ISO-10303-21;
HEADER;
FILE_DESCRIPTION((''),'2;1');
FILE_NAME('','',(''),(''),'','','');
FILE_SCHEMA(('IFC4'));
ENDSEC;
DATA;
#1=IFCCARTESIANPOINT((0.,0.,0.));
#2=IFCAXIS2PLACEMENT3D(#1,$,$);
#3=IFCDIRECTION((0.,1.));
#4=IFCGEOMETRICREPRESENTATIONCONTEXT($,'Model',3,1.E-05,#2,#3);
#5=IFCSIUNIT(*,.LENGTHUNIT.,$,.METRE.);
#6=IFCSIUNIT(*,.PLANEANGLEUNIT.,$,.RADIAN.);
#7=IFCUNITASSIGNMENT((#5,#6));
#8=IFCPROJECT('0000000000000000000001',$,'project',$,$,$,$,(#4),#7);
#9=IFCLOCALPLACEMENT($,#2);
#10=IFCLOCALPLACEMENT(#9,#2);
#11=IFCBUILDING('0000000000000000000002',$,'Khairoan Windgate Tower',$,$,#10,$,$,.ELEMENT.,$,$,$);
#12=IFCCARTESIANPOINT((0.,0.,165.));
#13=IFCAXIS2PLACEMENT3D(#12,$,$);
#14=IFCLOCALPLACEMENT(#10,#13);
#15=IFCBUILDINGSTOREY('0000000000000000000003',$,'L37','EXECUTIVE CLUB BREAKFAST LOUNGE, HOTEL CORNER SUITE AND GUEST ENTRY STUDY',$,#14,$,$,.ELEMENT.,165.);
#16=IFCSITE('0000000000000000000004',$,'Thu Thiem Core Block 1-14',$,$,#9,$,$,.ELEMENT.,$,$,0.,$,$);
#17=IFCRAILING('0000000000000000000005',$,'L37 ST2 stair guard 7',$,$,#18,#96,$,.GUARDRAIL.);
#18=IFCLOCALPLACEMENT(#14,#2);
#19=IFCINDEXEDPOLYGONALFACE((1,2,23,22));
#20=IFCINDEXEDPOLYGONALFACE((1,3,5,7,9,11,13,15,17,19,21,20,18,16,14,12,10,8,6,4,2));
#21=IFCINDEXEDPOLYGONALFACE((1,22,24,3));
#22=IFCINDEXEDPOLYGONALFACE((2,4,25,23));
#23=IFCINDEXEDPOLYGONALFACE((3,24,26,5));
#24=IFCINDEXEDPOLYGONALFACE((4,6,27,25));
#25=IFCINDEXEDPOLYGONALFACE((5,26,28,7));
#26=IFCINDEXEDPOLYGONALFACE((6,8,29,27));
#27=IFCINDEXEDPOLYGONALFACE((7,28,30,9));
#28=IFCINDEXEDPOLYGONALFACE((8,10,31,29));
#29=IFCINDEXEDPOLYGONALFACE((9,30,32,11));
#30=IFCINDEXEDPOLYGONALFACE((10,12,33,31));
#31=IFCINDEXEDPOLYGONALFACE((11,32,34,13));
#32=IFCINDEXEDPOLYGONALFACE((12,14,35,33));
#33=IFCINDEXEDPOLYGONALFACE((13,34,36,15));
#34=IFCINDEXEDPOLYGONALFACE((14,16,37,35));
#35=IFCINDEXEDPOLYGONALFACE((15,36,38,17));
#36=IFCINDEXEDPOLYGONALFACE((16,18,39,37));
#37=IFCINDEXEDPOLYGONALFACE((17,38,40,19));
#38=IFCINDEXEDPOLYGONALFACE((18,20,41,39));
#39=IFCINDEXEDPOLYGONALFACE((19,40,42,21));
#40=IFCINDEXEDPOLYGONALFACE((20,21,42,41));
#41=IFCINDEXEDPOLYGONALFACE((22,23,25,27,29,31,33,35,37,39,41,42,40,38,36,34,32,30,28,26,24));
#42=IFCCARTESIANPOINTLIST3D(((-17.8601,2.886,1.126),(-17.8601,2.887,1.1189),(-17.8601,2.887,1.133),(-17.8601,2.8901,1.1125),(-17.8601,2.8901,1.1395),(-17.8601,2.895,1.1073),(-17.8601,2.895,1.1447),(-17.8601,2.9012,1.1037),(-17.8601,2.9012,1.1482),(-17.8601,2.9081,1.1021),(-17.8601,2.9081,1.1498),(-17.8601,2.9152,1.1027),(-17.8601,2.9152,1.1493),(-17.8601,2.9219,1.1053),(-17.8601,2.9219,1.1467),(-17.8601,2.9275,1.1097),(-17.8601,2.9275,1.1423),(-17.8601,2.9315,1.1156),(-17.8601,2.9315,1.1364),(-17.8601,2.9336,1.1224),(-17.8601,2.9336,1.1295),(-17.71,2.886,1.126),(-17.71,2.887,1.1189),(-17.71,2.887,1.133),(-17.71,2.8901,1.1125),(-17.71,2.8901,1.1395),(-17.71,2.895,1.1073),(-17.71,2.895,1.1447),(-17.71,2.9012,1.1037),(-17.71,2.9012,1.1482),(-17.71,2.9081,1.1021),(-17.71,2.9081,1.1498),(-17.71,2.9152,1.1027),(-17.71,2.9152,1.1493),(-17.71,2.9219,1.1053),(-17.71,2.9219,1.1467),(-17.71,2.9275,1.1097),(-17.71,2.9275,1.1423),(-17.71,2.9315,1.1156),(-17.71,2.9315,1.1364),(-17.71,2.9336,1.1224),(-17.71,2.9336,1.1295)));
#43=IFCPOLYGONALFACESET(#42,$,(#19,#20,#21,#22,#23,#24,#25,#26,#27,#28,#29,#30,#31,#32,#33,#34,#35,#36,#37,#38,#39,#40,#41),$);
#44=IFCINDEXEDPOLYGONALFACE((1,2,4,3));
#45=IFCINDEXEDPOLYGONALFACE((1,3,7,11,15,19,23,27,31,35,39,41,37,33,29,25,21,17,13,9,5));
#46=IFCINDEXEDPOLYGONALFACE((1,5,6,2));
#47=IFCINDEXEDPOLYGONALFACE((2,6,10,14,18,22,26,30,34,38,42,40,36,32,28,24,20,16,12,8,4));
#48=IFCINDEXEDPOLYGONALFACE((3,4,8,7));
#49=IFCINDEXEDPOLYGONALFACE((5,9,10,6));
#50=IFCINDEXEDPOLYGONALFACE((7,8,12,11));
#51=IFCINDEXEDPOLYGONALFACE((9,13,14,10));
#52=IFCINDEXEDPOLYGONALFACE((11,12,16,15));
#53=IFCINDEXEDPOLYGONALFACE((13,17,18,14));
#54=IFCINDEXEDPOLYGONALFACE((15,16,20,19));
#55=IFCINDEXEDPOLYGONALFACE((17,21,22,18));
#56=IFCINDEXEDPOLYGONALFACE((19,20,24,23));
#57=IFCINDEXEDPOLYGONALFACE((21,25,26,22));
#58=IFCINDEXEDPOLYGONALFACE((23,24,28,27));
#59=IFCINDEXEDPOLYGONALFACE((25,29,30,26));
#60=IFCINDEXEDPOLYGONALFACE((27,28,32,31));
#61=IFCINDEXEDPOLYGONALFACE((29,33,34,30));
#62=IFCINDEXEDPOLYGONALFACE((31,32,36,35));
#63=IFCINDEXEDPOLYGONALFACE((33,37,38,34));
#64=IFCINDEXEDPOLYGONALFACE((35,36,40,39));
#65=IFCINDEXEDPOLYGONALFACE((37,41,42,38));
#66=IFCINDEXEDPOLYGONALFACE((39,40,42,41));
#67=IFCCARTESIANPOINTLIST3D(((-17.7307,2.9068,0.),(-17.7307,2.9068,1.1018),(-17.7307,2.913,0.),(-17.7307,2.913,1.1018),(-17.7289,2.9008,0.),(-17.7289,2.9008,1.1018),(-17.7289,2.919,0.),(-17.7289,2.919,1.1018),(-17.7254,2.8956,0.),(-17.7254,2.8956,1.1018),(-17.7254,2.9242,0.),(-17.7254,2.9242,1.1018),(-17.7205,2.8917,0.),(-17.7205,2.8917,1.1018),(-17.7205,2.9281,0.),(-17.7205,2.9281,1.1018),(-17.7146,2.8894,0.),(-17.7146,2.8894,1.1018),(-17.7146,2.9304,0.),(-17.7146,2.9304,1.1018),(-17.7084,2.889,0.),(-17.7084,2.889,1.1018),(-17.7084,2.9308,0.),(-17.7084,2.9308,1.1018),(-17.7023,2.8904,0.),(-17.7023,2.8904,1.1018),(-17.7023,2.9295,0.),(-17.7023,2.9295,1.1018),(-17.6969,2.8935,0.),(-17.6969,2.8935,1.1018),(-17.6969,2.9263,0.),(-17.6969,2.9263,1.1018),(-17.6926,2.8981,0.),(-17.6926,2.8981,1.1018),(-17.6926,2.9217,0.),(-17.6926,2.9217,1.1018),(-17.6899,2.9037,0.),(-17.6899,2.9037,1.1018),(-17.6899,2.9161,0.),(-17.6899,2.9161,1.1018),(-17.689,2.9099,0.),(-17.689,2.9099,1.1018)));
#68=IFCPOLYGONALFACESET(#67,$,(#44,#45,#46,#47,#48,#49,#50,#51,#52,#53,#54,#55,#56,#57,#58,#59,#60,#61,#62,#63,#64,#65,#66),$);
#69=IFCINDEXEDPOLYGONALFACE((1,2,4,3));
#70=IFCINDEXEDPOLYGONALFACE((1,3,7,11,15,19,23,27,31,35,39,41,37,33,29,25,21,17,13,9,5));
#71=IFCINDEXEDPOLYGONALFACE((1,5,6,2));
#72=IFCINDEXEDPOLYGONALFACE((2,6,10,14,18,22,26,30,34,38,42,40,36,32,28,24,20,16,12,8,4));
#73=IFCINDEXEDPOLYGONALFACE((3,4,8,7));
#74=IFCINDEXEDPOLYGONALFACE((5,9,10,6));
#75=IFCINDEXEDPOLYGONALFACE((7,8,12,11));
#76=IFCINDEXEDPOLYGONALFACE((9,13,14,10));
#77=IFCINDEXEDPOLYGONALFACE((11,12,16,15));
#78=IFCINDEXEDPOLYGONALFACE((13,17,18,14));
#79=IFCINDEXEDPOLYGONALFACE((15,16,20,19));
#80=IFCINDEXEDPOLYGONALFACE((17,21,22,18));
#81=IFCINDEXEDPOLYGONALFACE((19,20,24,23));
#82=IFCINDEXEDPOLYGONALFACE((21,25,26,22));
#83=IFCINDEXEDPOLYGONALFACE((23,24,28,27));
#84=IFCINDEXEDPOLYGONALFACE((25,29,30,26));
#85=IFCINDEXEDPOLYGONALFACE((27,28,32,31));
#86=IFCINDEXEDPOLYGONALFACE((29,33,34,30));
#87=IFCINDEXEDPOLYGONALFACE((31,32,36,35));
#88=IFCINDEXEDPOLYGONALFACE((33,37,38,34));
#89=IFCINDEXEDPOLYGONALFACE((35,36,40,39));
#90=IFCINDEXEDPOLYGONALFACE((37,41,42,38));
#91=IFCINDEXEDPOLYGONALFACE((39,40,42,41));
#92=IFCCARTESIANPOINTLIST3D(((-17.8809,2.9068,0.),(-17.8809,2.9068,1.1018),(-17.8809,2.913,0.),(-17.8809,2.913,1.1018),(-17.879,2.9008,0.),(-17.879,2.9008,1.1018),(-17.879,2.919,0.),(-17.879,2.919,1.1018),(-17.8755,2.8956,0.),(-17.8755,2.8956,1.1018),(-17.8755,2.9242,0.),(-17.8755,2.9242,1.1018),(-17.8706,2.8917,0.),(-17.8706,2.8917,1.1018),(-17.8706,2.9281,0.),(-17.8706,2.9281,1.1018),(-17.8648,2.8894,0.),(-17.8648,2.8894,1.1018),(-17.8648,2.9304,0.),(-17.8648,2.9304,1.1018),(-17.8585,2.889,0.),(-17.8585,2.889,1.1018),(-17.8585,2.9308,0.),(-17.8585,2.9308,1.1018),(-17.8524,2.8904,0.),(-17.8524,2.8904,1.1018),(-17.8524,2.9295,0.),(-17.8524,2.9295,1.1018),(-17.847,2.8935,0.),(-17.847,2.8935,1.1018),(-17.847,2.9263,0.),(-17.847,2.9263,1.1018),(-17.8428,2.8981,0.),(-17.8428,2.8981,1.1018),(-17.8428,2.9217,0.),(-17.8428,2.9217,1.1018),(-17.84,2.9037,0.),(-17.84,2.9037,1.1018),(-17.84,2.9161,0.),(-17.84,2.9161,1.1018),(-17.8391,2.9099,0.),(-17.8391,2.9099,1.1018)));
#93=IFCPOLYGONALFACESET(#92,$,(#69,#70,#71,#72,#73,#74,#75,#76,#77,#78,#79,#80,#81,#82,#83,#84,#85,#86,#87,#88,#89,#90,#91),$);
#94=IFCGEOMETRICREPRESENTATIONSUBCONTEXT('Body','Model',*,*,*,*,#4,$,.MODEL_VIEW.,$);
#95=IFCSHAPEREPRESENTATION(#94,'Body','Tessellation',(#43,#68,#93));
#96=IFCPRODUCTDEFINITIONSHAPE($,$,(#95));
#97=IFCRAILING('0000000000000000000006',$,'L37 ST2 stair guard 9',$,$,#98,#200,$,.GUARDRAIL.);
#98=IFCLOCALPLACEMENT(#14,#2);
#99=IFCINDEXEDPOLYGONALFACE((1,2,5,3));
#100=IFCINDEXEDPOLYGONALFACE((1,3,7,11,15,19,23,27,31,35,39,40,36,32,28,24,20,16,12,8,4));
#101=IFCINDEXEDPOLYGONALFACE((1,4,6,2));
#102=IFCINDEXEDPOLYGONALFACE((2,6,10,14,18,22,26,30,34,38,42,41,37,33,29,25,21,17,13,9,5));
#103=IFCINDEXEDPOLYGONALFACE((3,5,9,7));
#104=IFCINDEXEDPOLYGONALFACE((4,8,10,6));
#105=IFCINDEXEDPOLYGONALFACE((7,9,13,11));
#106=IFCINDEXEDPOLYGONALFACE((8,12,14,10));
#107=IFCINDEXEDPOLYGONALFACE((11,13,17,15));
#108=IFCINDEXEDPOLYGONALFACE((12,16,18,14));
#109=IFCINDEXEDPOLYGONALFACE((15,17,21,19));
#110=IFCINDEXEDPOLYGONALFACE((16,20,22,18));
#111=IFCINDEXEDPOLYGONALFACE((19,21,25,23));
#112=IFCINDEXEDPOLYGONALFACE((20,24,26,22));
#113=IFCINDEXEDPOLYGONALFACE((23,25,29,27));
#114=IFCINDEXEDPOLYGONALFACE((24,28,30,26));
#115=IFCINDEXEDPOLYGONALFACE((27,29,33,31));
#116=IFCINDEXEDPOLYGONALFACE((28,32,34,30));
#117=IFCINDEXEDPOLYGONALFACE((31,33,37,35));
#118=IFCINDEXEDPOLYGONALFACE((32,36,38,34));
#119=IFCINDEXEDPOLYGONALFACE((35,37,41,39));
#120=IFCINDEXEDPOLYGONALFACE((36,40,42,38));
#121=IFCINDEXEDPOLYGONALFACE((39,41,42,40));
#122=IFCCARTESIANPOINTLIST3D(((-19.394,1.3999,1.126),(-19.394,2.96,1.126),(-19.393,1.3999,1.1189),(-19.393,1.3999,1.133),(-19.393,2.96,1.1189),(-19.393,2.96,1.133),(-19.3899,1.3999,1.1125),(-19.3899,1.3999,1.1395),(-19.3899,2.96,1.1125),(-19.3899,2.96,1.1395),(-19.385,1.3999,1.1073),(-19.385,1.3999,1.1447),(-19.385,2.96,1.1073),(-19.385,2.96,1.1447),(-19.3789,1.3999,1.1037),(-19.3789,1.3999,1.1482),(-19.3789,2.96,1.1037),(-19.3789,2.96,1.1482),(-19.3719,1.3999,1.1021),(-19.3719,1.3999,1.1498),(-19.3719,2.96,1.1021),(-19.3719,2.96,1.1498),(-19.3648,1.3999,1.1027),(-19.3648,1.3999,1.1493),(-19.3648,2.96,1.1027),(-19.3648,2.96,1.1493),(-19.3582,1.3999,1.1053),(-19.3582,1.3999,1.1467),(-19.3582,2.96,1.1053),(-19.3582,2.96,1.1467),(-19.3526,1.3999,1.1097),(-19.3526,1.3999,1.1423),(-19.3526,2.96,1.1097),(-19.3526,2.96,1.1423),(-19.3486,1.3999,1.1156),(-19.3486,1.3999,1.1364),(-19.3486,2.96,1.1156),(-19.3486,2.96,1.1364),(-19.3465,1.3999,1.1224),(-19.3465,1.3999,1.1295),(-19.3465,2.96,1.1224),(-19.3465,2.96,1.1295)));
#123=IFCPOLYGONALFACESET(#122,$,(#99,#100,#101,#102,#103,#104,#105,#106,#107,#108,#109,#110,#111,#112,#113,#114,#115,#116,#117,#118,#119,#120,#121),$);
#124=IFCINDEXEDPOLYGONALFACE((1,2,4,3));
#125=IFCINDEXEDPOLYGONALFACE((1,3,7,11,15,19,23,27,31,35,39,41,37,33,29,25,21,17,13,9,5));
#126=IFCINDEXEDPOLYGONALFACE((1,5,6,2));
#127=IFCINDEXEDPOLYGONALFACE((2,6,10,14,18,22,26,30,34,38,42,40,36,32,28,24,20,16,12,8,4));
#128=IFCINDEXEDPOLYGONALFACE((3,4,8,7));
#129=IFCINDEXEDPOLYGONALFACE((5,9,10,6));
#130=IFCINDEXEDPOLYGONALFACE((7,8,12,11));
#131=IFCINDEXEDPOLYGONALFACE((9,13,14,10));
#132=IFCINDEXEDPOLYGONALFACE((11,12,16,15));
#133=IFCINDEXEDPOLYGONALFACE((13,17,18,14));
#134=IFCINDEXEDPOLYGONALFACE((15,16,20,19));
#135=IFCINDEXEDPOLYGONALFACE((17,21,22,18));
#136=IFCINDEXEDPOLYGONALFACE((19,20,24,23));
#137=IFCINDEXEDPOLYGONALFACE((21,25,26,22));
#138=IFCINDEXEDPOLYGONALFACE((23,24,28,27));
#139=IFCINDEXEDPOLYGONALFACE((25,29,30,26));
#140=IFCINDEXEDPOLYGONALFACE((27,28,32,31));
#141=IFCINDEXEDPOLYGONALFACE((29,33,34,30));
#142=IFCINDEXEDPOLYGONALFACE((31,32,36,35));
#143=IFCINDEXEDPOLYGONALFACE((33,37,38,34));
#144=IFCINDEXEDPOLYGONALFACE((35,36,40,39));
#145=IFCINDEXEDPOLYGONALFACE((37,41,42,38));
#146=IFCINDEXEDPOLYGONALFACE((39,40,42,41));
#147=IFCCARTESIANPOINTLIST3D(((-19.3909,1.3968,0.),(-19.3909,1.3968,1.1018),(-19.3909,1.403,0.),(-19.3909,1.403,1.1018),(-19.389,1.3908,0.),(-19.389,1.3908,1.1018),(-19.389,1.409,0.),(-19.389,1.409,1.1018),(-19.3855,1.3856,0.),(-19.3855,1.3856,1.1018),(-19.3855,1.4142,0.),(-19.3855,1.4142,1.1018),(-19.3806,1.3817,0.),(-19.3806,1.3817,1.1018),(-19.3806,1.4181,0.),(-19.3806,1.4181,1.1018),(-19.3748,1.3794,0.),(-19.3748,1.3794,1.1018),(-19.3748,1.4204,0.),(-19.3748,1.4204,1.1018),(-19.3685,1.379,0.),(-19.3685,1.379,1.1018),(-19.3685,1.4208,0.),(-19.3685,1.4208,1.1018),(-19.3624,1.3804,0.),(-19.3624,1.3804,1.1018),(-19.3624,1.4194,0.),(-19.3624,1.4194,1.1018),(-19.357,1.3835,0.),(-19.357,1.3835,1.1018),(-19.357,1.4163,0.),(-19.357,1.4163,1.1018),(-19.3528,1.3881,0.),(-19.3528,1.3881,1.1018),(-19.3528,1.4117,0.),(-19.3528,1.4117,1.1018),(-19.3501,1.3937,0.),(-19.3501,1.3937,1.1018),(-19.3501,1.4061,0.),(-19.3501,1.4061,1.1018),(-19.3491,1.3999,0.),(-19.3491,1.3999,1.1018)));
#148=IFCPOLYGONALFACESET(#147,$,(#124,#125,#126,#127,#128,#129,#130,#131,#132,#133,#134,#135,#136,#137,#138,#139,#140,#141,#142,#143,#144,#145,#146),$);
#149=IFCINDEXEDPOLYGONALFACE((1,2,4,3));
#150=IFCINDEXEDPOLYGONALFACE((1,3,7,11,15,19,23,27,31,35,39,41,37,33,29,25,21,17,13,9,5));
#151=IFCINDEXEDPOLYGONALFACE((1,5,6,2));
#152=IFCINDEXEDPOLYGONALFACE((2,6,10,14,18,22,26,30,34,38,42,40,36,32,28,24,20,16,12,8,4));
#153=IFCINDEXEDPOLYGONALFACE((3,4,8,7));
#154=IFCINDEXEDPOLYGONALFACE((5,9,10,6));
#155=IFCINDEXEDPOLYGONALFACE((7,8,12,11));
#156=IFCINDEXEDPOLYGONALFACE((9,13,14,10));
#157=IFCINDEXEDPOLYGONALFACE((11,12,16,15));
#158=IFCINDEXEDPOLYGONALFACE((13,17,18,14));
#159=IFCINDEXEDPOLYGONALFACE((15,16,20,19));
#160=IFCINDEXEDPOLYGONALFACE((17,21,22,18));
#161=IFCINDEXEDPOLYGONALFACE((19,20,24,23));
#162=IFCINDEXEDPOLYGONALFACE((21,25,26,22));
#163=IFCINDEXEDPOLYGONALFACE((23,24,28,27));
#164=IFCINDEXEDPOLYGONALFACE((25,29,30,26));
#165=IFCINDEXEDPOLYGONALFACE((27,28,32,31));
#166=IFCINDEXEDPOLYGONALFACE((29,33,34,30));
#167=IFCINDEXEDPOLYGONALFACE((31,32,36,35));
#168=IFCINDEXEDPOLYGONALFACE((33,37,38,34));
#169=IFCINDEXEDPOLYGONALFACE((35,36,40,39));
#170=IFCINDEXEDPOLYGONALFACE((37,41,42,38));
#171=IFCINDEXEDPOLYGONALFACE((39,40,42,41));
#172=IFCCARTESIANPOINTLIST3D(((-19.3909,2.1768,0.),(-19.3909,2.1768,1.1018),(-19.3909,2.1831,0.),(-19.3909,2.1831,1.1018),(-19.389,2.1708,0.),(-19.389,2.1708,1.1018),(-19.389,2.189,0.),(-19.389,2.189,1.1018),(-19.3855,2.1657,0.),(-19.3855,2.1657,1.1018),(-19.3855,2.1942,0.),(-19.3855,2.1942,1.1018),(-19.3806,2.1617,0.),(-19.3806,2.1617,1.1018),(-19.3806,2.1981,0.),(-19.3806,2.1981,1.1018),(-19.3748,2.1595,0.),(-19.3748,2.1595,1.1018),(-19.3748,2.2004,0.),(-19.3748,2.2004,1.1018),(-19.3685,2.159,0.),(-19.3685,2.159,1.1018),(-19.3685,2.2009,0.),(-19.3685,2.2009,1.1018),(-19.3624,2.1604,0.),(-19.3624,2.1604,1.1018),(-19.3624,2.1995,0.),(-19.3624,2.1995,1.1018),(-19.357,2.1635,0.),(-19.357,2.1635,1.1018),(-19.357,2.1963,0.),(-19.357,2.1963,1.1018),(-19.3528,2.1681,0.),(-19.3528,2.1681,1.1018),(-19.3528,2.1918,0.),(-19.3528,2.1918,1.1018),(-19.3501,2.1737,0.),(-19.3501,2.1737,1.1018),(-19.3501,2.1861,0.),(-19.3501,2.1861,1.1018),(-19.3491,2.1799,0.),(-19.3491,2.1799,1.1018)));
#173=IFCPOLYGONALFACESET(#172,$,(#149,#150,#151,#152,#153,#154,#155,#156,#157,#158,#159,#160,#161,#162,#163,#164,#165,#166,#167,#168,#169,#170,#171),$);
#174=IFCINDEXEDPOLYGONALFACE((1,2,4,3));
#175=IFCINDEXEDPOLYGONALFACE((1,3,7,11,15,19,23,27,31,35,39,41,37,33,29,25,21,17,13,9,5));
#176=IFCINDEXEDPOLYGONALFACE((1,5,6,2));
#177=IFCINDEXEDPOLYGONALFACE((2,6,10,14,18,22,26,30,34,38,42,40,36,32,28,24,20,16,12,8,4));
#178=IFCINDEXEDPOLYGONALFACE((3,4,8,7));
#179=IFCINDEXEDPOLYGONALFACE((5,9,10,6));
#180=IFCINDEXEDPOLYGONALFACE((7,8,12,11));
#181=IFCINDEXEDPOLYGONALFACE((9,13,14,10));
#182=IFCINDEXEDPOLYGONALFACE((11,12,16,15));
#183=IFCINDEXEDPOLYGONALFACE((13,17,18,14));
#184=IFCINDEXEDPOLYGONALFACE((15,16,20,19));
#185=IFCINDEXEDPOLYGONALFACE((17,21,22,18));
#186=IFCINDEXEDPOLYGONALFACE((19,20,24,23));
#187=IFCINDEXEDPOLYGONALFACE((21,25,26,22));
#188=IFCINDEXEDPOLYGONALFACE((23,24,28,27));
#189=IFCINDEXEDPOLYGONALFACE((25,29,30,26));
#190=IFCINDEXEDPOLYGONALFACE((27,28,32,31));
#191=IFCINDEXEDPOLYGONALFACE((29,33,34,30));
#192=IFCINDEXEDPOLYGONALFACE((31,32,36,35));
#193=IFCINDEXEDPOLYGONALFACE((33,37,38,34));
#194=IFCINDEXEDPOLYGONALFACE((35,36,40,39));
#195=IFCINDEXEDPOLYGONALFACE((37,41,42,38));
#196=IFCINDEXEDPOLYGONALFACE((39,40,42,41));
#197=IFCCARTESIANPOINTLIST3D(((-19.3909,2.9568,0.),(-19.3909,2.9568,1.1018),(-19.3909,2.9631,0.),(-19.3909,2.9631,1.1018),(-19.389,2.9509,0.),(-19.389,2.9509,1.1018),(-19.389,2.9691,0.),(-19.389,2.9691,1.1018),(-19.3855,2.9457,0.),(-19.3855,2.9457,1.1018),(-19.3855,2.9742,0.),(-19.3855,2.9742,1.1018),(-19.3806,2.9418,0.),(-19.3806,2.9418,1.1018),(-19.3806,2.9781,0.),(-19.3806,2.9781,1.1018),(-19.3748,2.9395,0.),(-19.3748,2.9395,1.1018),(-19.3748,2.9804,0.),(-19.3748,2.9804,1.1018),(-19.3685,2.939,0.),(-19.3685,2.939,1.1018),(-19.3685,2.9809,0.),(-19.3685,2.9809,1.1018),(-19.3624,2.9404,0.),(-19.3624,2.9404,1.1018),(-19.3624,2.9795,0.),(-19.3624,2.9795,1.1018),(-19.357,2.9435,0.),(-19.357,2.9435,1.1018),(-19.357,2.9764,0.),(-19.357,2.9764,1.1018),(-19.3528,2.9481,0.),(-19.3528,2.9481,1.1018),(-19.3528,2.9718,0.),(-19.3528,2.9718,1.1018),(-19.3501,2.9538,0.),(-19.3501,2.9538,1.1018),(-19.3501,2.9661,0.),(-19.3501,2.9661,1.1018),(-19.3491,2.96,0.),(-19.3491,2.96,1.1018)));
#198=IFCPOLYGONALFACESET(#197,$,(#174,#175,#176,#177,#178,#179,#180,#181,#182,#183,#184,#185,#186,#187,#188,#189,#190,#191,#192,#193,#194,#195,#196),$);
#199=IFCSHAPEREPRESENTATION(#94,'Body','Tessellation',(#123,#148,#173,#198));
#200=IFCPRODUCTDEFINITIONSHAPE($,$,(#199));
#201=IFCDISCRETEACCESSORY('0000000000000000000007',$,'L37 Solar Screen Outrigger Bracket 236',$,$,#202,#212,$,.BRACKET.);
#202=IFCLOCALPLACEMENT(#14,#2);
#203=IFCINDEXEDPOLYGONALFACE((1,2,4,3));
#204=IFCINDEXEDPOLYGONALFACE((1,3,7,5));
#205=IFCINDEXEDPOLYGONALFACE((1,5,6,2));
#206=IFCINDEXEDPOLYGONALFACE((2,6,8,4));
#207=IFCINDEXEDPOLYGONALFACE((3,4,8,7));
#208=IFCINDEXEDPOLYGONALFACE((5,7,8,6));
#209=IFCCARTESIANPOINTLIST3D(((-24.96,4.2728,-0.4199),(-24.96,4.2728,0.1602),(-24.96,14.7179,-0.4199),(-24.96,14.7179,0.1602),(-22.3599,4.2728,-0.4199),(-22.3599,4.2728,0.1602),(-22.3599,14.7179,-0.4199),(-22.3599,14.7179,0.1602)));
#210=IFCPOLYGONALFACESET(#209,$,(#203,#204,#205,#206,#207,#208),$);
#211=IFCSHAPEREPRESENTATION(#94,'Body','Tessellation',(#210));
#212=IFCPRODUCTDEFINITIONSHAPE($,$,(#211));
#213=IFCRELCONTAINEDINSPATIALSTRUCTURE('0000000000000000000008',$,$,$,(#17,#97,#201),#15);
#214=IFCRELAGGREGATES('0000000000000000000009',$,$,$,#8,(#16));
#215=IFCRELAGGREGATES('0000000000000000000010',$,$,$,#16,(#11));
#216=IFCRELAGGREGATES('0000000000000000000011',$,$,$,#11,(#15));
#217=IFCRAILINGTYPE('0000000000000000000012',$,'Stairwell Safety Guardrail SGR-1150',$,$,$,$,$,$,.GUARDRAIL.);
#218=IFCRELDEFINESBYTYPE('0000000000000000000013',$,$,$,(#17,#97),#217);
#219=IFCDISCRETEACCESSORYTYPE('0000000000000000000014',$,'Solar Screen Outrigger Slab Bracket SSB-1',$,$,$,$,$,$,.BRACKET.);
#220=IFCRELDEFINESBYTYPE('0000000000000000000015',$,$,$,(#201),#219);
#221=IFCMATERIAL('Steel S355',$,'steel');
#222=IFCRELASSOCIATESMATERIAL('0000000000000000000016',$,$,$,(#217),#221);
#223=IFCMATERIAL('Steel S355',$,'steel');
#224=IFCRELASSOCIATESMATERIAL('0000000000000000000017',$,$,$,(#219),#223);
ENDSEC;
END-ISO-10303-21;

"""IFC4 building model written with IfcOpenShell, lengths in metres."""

from ifc_helpers import new_model, si_unit, direction, frame, origin, origin_2d, place, context, subcontext, project, spatial, rectangle, circle, extrude, material, type_object, element, save


model = new_model("IFC4")

# Units and contexts
model_context = context("Model", 3, precision=1e-05, world=origin(), true_north=direction((0.0, 1.0)))
body_context = subcontext(model_context, "Body", "Model", "MODEL_VIEW")
ifc_project = project(units=[si_unit("LENGTHUNIT", "METRE"), si_unit("PLANEANGLEUNIT", "RADIAN")], contexts=[model_context])

# Site, building, storey
site_placement = place(None, origin())
site = spatial("IfcSite", under=ifc_project, at=site_placement, Name="Thu Thiem Core Block 1-14", CompositionType="ELEMENT", RefElevation=0.0)
building_placement = place(site_placement, origin())
building = spatial("IfcBuilding", under=site, at=building_placement, Name="Khairoan Windgate Tower", CompositionType="ELEMENT")
storey_placement = place(building_placement, frame((0.0, 0.0, 165.0)))
storey = spatial("IfcBuildingStorey", under=building, at=storey_placement, Name="L37", Description="EXECUTIVE CLUB BREAKFAST LOUNGE, HOTEL CORNER SUITE AND GUEST ENTRY STUDY", CompositionType="ELEMENT", Elevation=165.0)

# Railings
ifc_material_1 = material(Name="Steel S355", Category="steel")
railing_type_1 = type_object("IfcRailingType", Name="Stairwell Safety Guardrail SGR-1150", PredefinedType="GUARDRAIL", material=ifc_material_1)
railing_1_placement = place(storey_placement, frame((-17.71, 2.9099, 0.0)))
element("IfcRailing", 1, at=railing_1_placement, inside=storey, type_object=railing_type_1, Name="L37 ST2 stair guard 7", PredefinedType="GUARDRAIL", context=body_context, shape_type="SweptSolid", body=[
    extrude(circle(Radius=0.0239, at=origin_2d()), frame((0.0, 0.0, 1.126), z_axis=(-1.0, 0.0, 0.0), x_axis=(0.0, -1.0, 0.0)), (0.0, 0.0, 1.0), 0.1501),
    extrude(circle(Radius=0.021, at=origin_2d()), origin(), (0.0, 0.0, 1.0), 1.1018),
    extrude(circle(Radius=0.021, at=origin_2d()), frame((-0.1501, 0.0, 0.0)), (0.0, 0.0, 1.0), 1.1018),
])
railing_2_placement = place(storey_placement, frame((-19.3701, 1.3999, 0.0)))
element("IfcRailing", 2, at=railing_2_placement, inside=storey, type_object=railing_type_1, Name="L37 ST2 stair guard 9", PredefinedType="GUARDRAIL", context=body_context, shape_type="SweptSolid", body=[
    extrude(circle(Radius=0.0239, at=origin_2d()), frame((0.0, 0.0, 1.126), z_axis=(0.0, 1.0, 0.0), x_axis=(-1.0, 0.0, 0.0)), (0.0, 0.0, 1.0), 1.5601),
    extrude(circle(Radius=0.021, at=origin_2d()), origin(), (0.0, 0.0, 1.0), 1.1018),
    extrude(circle(Radius=0.021, at=origin_2d()), frame((0.0, 0.78, 0.0)), (0.0, 0.0, 1.0), 1.1018),
    extrude(circle(Radius=0.021, at=origin_2d()), frame((0.0, 1.5601, 0.0)), (0.0, 0.0, 1.0), 1.1018),
])

# Discrete accessory
ifc_material_2 = material(Name="Steel S355", Category="steel")
discrete_accessory_type = type_object("IfcDiscreteAccessoryType", Name="Solar Screen Outrigger Slab Bracket SSB-1", PredefinedType="BRACKET", material=ifc_material_2)
discrete_accessory_placement = place(storey_placement, frame((-23.6599, 9.4954, -0.4199), z_axis=(0.0, 0.0, 1.0), x_axis=(0.0, 1.0, 0.0)))
element("IfcDiscreteAccessory", 3, at=discrete_accessory_placement, inside=storey, type_object=discrete_accessory_type, Name="L37 Solar Screen Outrigger Bracket 236", PredefinedType="BRACKET", context=body_context, shape_type="SweptSolid", body=[
    extrude(rectangle(XDim=10.4451, YDim=2.6001, at=origin_2d()), origin(), (0.0, 0.0, 1.0), 0.5801),
])

save(model, "model.ifc")
